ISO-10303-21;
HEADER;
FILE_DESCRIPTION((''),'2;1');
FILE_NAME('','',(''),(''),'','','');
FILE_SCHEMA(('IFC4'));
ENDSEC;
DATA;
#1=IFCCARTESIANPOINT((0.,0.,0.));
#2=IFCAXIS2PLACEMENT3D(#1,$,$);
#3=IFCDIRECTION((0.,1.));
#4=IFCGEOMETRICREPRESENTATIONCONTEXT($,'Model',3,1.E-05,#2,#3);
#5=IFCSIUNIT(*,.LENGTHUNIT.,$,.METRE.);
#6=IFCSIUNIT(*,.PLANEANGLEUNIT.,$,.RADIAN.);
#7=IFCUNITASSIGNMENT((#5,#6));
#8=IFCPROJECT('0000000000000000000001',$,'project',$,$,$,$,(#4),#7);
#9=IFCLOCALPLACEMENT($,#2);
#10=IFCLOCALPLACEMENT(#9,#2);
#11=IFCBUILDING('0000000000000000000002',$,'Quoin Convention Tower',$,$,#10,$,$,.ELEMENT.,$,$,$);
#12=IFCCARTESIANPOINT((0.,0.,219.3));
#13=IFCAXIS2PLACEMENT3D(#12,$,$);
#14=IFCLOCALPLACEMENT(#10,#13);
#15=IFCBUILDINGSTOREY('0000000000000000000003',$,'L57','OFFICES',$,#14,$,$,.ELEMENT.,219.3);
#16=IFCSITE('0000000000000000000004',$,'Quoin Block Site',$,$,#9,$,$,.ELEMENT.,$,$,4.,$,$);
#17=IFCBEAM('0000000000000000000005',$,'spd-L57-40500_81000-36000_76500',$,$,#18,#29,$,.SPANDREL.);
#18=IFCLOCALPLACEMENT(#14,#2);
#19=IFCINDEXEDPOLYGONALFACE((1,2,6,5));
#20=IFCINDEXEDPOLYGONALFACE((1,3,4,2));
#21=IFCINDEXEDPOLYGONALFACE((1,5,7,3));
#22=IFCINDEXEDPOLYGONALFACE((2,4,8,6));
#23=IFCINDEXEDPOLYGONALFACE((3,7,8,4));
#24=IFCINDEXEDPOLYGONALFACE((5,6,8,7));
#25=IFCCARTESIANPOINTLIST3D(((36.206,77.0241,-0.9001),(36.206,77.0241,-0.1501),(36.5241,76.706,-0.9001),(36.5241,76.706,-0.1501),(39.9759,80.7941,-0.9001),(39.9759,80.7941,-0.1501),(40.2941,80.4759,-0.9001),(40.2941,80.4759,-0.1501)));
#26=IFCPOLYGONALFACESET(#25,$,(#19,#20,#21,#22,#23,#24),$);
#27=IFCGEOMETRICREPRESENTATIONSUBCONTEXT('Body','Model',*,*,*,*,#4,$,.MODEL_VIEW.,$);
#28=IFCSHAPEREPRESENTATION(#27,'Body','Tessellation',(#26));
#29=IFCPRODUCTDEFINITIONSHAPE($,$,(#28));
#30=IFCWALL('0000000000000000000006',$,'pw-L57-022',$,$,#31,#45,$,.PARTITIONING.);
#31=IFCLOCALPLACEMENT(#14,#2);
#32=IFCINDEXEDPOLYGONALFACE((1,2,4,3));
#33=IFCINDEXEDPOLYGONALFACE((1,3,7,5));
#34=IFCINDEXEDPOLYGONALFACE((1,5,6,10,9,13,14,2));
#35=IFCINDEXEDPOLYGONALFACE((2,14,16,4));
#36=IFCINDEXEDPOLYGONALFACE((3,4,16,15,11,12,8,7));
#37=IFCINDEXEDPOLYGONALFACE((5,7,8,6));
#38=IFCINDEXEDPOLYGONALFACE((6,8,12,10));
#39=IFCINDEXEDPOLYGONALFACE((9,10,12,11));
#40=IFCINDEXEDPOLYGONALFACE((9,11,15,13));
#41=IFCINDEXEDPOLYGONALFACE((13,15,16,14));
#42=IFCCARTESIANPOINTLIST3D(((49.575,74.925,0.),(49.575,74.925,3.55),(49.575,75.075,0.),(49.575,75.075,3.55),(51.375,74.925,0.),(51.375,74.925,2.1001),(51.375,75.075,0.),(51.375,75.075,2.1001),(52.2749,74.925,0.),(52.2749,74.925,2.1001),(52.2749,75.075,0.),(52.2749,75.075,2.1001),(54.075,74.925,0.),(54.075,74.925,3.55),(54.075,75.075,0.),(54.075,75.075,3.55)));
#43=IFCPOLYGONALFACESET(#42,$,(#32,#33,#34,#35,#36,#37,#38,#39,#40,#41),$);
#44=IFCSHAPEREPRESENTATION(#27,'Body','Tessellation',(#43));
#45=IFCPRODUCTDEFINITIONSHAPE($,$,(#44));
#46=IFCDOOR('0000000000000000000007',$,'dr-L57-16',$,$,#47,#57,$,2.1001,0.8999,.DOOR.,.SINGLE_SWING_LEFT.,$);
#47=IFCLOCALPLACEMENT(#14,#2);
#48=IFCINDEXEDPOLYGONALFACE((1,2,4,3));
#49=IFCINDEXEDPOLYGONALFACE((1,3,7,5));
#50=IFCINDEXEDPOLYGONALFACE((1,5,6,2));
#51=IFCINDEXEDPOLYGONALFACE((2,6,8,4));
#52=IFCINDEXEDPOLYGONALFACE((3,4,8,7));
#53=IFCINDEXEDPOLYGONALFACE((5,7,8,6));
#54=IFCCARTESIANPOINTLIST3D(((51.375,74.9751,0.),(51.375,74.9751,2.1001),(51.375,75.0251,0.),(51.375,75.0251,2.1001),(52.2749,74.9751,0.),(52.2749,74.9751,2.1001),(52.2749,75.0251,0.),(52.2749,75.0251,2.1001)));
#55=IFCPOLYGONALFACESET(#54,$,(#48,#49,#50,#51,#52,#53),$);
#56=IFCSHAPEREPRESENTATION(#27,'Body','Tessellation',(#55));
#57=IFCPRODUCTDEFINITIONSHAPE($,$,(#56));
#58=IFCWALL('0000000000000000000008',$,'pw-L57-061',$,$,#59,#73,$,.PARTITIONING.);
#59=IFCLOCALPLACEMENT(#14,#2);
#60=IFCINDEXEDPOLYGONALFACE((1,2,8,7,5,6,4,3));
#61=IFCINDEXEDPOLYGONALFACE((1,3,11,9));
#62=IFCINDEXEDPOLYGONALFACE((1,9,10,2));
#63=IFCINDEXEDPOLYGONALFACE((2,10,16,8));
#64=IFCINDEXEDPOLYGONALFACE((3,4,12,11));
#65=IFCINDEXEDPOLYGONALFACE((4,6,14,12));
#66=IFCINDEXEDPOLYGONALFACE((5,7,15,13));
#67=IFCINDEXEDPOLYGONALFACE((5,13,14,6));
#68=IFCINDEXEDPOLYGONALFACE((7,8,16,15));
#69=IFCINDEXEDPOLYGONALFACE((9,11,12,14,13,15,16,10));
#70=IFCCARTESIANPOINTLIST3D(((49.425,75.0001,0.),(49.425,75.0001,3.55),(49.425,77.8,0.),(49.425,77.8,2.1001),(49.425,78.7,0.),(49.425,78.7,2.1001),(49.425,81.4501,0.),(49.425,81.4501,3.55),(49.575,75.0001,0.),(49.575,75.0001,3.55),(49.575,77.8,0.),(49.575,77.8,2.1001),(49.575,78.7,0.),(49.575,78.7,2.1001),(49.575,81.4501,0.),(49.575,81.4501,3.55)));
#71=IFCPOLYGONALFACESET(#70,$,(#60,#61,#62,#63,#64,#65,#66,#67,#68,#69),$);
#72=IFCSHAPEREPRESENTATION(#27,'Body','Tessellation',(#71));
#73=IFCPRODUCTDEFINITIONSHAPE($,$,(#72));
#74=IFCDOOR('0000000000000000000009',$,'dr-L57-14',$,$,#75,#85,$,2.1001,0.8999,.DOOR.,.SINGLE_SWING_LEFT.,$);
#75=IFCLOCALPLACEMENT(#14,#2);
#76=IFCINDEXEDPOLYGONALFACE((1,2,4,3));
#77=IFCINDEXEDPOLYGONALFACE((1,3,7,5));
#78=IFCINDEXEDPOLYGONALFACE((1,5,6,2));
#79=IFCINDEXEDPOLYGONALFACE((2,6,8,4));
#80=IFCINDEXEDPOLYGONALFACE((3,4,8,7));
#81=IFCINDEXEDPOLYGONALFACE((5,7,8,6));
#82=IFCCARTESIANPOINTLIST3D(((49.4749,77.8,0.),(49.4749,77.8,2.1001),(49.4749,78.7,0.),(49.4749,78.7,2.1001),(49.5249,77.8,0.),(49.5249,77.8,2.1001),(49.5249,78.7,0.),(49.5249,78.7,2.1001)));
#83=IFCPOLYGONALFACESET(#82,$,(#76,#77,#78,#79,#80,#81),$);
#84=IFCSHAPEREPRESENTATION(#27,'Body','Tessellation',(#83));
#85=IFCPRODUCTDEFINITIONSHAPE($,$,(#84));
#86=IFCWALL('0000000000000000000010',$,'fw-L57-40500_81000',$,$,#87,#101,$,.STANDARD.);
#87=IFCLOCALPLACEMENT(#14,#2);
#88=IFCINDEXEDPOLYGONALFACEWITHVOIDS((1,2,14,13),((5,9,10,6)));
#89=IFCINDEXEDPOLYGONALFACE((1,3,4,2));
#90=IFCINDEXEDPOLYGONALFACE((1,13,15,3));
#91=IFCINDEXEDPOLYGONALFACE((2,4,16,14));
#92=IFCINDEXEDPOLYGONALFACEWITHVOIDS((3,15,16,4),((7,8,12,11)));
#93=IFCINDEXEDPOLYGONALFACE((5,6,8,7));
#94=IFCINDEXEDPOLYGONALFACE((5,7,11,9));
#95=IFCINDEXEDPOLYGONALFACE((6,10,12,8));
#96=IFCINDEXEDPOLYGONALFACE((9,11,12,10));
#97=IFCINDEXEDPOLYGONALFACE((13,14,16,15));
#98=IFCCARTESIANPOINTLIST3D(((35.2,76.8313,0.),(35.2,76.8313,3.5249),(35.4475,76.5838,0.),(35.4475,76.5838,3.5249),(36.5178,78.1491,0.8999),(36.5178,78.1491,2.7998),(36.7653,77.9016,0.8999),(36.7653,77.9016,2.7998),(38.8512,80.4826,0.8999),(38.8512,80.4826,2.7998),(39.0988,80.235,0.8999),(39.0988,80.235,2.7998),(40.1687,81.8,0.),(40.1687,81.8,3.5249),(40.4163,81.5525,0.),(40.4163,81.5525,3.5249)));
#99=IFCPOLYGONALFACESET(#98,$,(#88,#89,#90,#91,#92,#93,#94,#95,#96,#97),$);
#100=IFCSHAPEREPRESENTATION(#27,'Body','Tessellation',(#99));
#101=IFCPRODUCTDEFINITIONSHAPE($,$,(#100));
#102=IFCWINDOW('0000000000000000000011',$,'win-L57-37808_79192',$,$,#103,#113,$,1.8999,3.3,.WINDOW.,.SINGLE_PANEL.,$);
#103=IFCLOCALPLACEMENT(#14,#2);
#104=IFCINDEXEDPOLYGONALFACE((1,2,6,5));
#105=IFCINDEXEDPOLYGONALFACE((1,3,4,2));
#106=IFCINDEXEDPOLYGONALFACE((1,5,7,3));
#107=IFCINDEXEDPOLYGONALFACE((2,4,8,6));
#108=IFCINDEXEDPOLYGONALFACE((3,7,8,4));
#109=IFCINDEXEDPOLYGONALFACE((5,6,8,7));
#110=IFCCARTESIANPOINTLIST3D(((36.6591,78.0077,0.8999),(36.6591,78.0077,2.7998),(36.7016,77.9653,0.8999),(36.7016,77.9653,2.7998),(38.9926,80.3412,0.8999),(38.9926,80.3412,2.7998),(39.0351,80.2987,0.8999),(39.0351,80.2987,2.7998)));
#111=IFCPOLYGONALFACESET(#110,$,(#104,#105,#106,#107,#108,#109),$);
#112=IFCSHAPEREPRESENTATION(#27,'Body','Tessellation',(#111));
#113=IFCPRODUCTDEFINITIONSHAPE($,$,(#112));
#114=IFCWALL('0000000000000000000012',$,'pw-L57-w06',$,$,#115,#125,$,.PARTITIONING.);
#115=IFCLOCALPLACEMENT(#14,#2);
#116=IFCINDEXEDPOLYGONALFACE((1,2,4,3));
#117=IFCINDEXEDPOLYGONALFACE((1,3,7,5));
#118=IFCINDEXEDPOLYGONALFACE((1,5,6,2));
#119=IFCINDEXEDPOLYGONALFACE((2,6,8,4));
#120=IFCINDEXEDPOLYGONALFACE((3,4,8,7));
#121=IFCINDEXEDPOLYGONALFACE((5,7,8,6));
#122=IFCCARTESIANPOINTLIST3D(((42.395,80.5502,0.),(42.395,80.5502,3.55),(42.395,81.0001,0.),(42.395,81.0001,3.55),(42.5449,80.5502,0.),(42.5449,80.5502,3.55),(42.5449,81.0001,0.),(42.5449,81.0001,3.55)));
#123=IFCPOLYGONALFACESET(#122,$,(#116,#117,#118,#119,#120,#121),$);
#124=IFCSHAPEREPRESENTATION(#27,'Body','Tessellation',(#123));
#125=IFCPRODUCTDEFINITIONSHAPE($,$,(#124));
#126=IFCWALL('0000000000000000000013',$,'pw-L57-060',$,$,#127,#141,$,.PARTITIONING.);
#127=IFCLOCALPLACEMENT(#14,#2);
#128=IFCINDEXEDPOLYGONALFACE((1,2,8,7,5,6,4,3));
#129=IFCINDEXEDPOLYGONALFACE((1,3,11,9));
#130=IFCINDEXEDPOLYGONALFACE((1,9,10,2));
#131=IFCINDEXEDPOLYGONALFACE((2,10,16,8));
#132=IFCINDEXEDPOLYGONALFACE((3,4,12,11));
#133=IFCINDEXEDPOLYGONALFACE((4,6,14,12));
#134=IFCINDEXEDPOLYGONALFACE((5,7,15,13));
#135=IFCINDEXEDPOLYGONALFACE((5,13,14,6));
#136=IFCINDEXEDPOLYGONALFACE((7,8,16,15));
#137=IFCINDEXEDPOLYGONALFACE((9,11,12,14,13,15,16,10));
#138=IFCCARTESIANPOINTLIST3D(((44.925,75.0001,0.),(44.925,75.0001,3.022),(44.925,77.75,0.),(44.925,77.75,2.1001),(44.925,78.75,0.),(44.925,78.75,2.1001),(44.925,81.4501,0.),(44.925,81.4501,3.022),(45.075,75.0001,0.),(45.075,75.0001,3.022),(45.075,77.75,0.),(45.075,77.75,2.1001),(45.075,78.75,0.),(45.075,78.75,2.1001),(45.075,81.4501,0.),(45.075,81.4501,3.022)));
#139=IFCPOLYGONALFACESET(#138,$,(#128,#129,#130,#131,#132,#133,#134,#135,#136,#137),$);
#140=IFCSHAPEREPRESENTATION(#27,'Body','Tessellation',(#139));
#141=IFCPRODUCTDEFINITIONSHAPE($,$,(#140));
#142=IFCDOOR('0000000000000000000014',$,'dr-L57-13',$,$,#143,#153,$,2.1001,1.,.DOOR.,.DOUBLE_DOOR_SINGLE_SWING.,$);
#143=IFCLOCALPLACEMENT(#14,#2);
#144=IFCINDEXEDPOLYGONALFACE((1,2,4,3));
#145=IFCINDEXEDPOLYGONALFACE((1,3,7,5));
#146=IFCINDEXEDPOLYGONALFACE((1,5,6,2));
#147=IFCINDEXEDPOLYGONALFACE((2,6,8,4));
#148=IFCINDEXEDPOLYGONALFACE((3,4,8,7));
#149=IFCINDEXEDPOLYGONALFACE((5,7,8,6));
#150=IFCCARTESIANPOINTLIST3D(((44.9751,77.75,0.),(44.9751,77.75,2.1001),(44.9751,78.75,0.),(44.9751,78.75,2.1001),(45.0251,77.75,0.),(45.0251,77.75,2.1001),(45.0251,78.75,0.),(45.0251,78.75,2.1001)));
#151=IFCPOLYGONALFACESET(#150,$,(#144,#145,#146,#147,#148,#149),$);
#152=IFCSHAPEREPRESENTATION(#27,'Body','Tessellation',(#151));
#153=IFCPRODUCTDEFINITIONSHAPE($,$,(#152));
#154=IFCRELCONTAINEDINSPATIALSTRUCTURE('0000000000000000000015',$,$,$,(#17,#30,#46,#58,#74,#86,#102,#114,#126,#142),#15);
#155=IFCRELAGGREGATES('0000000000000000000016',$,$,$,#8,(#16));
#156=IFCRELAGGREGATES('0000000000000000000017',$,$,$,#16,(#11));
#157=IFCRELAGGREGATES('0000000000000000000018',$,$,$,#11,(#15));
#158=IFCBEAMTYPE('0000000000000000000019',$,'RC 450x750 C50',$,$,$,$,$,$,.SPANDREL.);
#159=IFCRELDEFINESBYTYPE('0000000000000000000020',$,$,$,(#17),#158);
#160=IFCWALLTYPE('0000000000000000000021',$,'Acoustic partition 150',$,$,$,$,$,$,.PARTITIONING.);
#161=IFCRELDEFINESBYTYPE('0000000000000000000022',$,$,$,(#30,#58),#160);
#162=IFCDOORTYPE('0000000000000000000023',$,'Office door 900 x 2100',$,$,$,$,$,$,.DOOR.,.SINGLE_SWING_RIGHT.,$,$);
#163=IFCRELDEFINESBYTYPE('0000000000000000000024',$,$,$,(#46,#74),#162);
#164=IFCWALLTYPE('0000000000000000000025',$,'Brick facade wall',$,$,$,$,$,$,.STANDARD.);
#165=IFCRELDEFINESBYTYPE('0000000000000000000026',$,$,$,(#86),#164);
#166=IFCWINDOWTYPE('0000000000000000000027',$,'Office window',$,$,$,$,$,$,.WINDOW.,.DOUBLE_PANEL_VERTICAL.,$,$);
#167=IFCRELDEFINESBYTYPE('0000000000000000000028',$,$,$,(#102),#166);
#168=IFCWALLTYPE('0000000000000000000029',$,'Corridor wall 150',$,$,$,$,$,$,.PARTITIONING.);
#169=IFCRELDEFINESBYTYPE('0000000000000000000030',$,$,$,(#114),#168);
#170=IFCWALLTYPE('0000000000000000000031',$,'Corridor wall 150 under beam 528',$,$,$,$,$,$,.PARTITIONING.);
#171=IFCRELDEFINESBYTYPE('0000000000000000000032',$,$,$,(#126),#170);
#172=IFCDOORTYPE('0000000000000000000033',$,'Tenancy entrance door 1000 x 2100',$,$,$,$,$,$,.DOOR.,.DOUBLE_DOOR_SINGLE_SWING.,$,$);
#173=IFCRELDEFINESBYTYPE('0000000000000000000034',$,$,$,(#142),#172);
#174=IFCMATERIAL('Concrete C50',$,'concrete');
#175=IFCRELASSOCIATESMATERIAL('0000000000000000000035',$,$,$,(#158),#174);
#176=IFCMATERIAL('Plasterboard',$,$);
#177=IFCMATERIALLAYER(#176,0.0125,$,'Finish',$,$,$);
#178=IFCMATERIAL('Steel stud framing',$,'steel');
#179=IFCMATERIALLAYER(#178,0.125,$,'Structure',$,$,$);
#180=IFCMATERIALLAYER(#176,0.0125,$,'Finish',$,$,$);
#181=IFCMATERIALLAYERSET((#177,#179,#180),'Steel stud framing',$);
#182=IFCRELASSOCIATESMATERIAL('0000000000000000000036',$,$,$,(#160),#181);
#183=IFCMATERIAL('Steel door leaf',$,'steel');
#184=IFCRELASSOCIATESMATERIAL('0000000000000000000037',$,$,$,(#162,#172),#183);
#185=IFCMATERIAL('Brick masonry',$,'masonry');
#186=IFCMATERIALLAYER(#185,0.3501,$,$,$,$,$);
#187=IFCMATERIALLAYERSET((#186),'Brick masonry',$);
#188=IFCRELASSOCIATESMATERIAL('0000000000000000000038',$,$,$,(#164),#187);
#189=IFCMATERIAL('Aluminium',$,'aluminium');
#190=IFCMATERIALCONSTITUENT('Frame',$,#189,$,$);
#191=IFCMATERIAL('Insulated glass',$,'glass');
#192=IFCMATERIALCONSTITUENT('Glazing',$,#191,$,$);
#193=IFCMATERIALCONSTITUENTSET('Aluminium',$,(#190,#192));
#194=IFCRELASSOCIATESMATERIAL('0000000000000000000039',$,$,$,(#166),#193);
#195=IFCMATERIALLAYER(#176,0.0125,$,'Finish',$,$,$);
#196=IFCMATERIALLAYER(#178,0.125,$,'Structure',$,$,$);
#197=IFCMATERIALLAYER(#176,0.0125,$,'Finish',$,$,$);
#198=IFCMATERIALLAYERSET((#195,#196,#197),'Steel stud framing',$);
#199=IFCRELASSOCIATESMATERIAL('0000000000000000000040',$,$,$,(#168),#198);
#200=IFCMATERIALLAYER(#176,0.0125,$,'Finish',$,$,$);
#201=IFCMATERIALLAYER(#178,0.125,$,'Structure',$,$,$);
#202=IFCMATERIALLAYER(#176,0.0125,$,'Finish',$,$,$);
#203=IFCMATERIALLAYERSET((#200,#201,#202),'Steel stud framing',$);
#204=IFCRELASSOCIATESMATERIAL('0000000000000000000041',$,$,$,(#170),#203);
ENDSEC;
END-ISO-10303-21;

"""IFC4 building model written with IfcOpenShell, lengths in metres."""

from ifc_helpers import new_model, si_unit, direction, frame, frame_2d, origin, origin_2d, place, context, subcontext, project, spatial, rectangle, extrude, material, layer, layer_set, constituent, constituent_set, material_profile, profile_set, type_object, element, fill, save


model = new_model("IFC4")

# Units and contexts
model_context = context("Model", 3, precision=1e-05, world=origin(), true_north=direction((0.0, 1.0)))
body_context = subcontext(model_context, "Body", "Model", "MODEL_VIEW")
ifc_project = project(units=[si_unit("LENGTHUNIT", "METRE"), si_unit("PLANEANGLEUNIT", "RADIAN")], contexts=[model_context])

# Site, building, storey
site_placement = place(None, origin())
site = spatial("IfcSite", under=ifc_project, at=site_placement, Name="Quoin Block Site", CompositionType="ELEMENT", RefElevation=4.0)
building_placement = place(site_placement, origin())
building = spatial("IfcBuilding", under=site, at=building_placement, Name="Quoin Convention Tower", CompositionType="ELEMENT")
storey_placement = place(building_placement, frame((0.0, 0.0, 219.3)))
storey = spatial("IfcBuildingStorey", under=building, at=storey_placement, Name="L57", Description="OFFICES", CompositionType="ELEMENT", Elevation=219.3)

# Shared definitions
ifc_material_1 = material(Name="Concrete C50", Category="concrete")

# Beam
ifc_material_profile_1 = material_profile(ifc_material_1, rectangle(XDim=0.45, YDim=0.75, at=origin_2d()), Name="RC 450x750")
ifc_profile_set_1 = profile_set([ifc_material_profile_1], Name="Concrete C50")
beam_type_1 = type_object("IfcBeamType", Name="RC 450x750 C50", PredefinedType="SPANDREL", material=ifc_profile_set_1)
beam_1_placement = place(storey_placement, frame((40.135, 80.635, -0.5251), z_axis=(-0.707107, -0.707107, 0.0), x_axis=(0.707107, -0.707107, 0.0)))
element("IfcBeam", 1, at=beam_1_placement, inside=storey, type_object=beam_type_1, Name="spd-L57-40500_81000-36000_76500", PredefinedType="SPANDREL", context=body_context, shape_type="SweptSolid", body=[
    extrude(rectangle(XDim=0.45, YDim=0.75, at=origin_2d()), origin(), (0.0, 0.0, 1.0), 5.3315),
])

# Walls, openings, doors
ifc_material_2 = material(Name="Plasterboard")
ifc_layer_1 = layer(ifc_material_2, 0.0125, Name="Finish")
ifc_material_3 = material(Name="Steel stud framing", Category="steel")
ifc_layer_2 = layer(ifc_material_3, 0.125, Name="Structure")
ifc_layer_3 = layer(ifc_material_2, 0.0125, Name="Finish")
ifc_layer_set_1 = layer_set([ifc_layer_1, ifc_layer_2, ifc_layer_3], Name="Steel stud framing")
wall_type_1 = type_object("IfcWallType", Name="Acoustic partition 150", PredefinedType="PARTITIONING", material=ifc_layer_set_1)
wall_1_placement = place(storey_placement, frame((49.575, 75.0, 0.0), z_axis=(0.0, 0.0, 1.0), x_axis=(1.0, 0.0, 0.0)))
wall_1 = element("IfcWall", 2, at=wall_1_placement, inside=storey, type_object=wall_type_1, Name="pw-L57-022", PredefinedType="PARTITIONING", context=body_context, shape_type="SweptSolid", body=[
    extrude(rectangle(XDim=4.5, YDim=0.1499, at=frame_2d((2.25, 0.0))), origin(), (0.0, 0.0, 1.0), 3.55),
])
opening_1_placement = place(wall_1_placement, frame((1.8, 0.0, 0.0)))
opening_1 = element("IfcOpeningElement", 3, at=opening_1_placement, cuts=wall_1, PredefinedType="OPENING", context=body_context, shape_type="SweptSolid", body=[
    extrude(rectangle(XDim=0.8999, YDim=2.1001, at=frame_2d((0.45, 1.05))), frame((0.0, 0.085, 0.0), z_axis=(0.0, -1.0, 0.0), x_axis=(1.0, 0.0, 0.0)), (0.0, 0.0, 1.0), 0.1699),
])
ifc_material_4 = material(Name="Steel door leaf", Category="steel")
door_type_1 = type_object("IfcDoorType", Name="Office door 900 x 2100", OperationType="SINGLE_SWING_RIGHT", PredefinedType="DOOR", material=ifc_material_4)
door_1_placement = place(opening_1_placement, frame((0.8999, 0.0, 0.0), z_axis=(0.0, 0.0, 1.0), x_axis=(-1.0, 0.0, 0.0)))
door_1 = element("IfcDoor", 4, at=door_1_placement, inside=storey, type_object=door_type_1, Name="dr-L57-16", OperationType="SINGLE_SWING_LEFT", OverallHeight=2.1001, OverallWidth=0.8999, PredefinedType="DOOR", context=body_context, shape_type="SweptSolid", body=[
    extrude(rectangle(XDim=0.8999, YDim=2.1001, at=frame_2d((0.45, 1.05))), frame((0.0, 0.0249, 0.0), z_axis=(0.0, -1.0, 0.0), x_axis=(1.0, 0.0, 0.0)), (0.0, 0.0, 1.0), 0.05),
])
fill(opening_1, door_1)
wall_2_placement = place(storey_placement, frame((49.5, 75.0, 0.0), z_axis=(0.0, 0.0, 1.0), x_axis=(0.0, 1.0, 0.0)))
wall_2 = element("IfcWall", 5, at=wall_2_placement, inside=storey, type_object=wall_type_1, Name="pw-L57-061", PredefinedType="PARTITIONING", context=body_context, shape_type="SweptSolid", body=[
    extrude(rectangle(XDim=6.45, YDim=0.1499, at=frame_2d((3.2251, 0.0))), origin(), (0.0, 0.0, 1.0), 3.55),
])
opening_2_placement = place(wall_2_placement, frame((2.8, 0.0, 0.0)))
opening_2 = element("IfcOpeningElement", 6, at=opening_2_placement, cuts=wall_2, PredefinedType="OPENING", context=body_context, shape_type="SweptSolid", body=[
    extrude(rectangle(XDim=0.8999, YDim=2.1001, at=frame_2d((0.45, 1.05))), frame((0.0, 0.085, 0.0), z_axis=(0.0, -1.0, 0.0), x_axis=(1.0, 0.0, 0.0)), (0.0, 0.0, 1.0), 0.1699),
])
door_2_placement = place(opening_2_placement, frame((0.8999, 0.0, 0.0), z_axis=(0.0, 0.0, 1.0), x_axis=(-1.0, 0.0, 0.0)))
door_2 = element("IfcDoor", 7, at=door_2_placement, inside=storey, type_object=door_type_1, Name="dr-L57-14", OperationType="SINGLE_SWING_LEFT", OverallHeight=2.1001, OverallWidth=0.8999, PredefinedType="DOOR", context=body_context, shape_type="SweptSolid", body=[
    extrude(rectangle(XDim=0.8999, YDim=2.1001, at=frame_2d((0.45, 1.05))), frame((0.0, 0.0249, 0.0), z_axis=(0.0, -1.0, 0.0), x_axis=(1.0, 0.0, 0.0)), (0.0, 0.0, 1.0), 0.05),
])
fill(opening_2, door_2)

# Wall, opening, window
ifc_material_5 = material(Name="Brick masonry", Category="masonry")
ifc_layer_4 = layer(ifc_material_5, 0.3501)
ifc_layer_set_2 = layer_set([ifc_layer_4], Name="Brick masonry")
wall_type_2 = type_object("IfcWallType", Name="Brick facade wall", PredefinedType="STANDARD", material=ifc_layer_set_2)
wall_3_placement = place(storey_placement, frame((40.2925, 81.6763, 0.0), z_axis=(0.0, 0.0, 1.0), x_axis=(-0.707107, -0.707107, 0.0)))
wall_3 = element("IfcWall", 8, at=wall_3_placement, inside=storey, type_object=wall_type_2, Name="fw-L57-40500_81000", PredefinedType="STANDARD", context=body_context, shape_type="SweptSolid", body=[
    extrude(rectangle(XDim=7.0269, YDim=0.3501, at=frame_2d((3.5134, 0.0))), origin(), (0.0, 0.0, 1.0), 3.5249),
])
opening_3_placement = place(wall_3_placement, frame((1.8633, 0.0, 0.8999)))
opening_3 = element("IfcOpeningElement", 9, at=opening_3_placement, cuts=wall_3, PredefinedType="OPENING", context=body_context, shape_type="SweptSolid", body=[
    extrude(rectangle(XDim=3.3, YDim=1.8999, at=frame_2d((1.6499, 0.95))), frame((0.0, 0.1851, 0.0), z_axis=(0.0, -1.0, 0.0), x_axis=(1.0, 0.0, 0.0)), (0.0, 0.0, 1.0), 0.3701),
])
ifc_material_6 = material(Name="Aluminium", Category="aluminium")
ifc_constituent_1 = constituent(ifc_material_6, Name="Frame")
ifc_material_7 = material(Name="Insulated glass", Category="glass")
ifc_constituent_2 = constituent(ifc_material_7, Name="Glazing")
ifc_constituent_set = constituent_set(constituents=[ifc_constituent_1, ifc_constituent_2], Name="Aluminium")
window_type = type_object("IfcWindowType", Name="Office window", PartitioningType="DOUBLE_PANEL_VERTICAL", PredefinedType="WINDOW", material=ifc_constituent_set)
window_placement = place(opening_3_placement, origin())
window = element("IfcWindow", 10, at=window_placement, inside=storey, type_object=window_type, Name="win-L57-37808_79192", OverallHeight=1.8999, OverallWidth=3.3, PartitioningType="SINGLE_PANEL", PredefinedType="WINDOW", context=body_context, shape_type="SweptSolid", body=[
    extrude(rectangle(XDim=3.3, YDim=1.8999, at=frame_2d((1.6499, 0.95))), frame((0.0, 0.085, 0.0), z_axis=(0.0, -1.0, 0.0), x_axis=(1.0, 0.0, 0.0)), (0.0, 0.0, 1.0), 0.0601),
])
fill(opening_3, window)

# Wall
ifc_layer_5 = layer(ifc_material_2, 0.0125, Name="Finish")
ifc_layer_6 = layer(ifc_material_3, 0.125, Name="Structure")
ifc_layer_7 = layer(ifc_material_2, 0.0125, Name="Finish")
ifc_layer_set_3 = layer_set([ifc_layer_5, ifc_layer_6, ifc_layer_7], Name="Steel stud framing")
wall_type_3 = type_object("IfcWallType", Name="Corridor wall 150", PredefinedType="PARTITIONING", material=ifc_layer_set_3)
wall_4_placement = place(storey_placement, frame((42.47, 80.55, 0.0), z_axis=(0.0, 0.0, 1.0), x_axis=(0.0, 1.0, 0.0)))
element("IfcWall", 11, at=wall_4_placement, inside=storey, type_object=wall_type_3, Name="pw-L57-w06", PredefinedType="PARTITIONING", context=body_context, shape_type="SweptSolid", body=[
    extrude(rectangle(XDim=0.45, YDim=0.1499, at=frame_2d((0.2251, 0.0))), origin(), (0.0, 0.0, 1.0), 3.55),
])

# Wall, opening, door
ifc_layer_8 = layer(ifc_material_2, 0.0125, Name="Finish")
ifc_layer_9 = layer(ifc_material_3, 0.125, Name="Structure")
ifc_layer_10 = layer(ifc_material_2, 0.0125, Name="Finish")
ifc_layer_set_4 = layer_set([ifc_layer_8, ifc_layer_9, ifc_layer_10], Name="Steel stud framing")
wall_type_4 = type_object("IfcWallType", Name="Corridor wall 150 under beam 528", PredefinedType="PARTITIONING", material=ifc_layer_set_4)
wall_5_placement = place(storey_placement, frame((45.0, 75.0, 0.0), z_axis=(0.0, 0.0, 1.0), x_axis=(0.0, 1.0, 0.0)))
wall_5 = element("IfcWall", 12, at=wall_5_placement, inside=storey, type_object=wall_type_4, Name="pw-L57-060", PredefinedType="PARTITIONING", context=body_context, shape_type="SweptSolid", body=[
    extrude(rectangle(XDim=6.45, YDim=0.1499, at=frame_2d((3.2251, 0.0))), origin(), (0.0, 0.0, 1.0), 3.022),
])
opening_4_placement = place(wall_5_placement, frame((2.75, 0.0, 0.0)))
opening_4 = element("IfcOpeningElement", 13, at=opening_4_placement, cuts=wall_5, PredefinedType="OPENING", context=body_context, shape_type="SweptSolid", body=[
    extrude(rectangle(XDim=1.0, YDim=2.1001, at=frame_2d((0.5, 1.05))), frame((0.0, 0.085, 0.0), z_axis=(0.0, -1.0, 0.0), x_axis=(1.0, 0.0, 0.0)), (0.0, 0.0, 1.0), 0.1699),
])
door_type_2 = type_object("IfcDoorType", Name="Tenancy entrance door 1000 x 2100", OperationType="DOUBLE_DOOR_SINGLE_SWING", PredefinedType="DOOR", material=ifc_material_4)
door_3_placement = place(opening_4_placement, origin())
door_3 = element("IfcDoor", 14, at=door_3_placement, inside=storey, type_object=door_type_2, Name="dr-L57-13", OperationType="DOUBLE_DOOR_SINGLE_SWING", OverallHeight=2.1001, OverallWidth=1.0, PredefinedType="DOOR", context=body_context, shape_type="SweptSolid", body=[
    extrude(rectangle(XDim=1.0, YDim=2.1001, at=frame_2d((0.5, 1.05))), frame((0.0, 0.0249, 0.0), z_axis=(0.0, -1.0, 0.0), x_axis=(1.0, 0.0, 0.0)), (0.0, 0.0, 1.0), 0.05),
])
fill(opening_4, door_3)

save(model, "model.ifc")
